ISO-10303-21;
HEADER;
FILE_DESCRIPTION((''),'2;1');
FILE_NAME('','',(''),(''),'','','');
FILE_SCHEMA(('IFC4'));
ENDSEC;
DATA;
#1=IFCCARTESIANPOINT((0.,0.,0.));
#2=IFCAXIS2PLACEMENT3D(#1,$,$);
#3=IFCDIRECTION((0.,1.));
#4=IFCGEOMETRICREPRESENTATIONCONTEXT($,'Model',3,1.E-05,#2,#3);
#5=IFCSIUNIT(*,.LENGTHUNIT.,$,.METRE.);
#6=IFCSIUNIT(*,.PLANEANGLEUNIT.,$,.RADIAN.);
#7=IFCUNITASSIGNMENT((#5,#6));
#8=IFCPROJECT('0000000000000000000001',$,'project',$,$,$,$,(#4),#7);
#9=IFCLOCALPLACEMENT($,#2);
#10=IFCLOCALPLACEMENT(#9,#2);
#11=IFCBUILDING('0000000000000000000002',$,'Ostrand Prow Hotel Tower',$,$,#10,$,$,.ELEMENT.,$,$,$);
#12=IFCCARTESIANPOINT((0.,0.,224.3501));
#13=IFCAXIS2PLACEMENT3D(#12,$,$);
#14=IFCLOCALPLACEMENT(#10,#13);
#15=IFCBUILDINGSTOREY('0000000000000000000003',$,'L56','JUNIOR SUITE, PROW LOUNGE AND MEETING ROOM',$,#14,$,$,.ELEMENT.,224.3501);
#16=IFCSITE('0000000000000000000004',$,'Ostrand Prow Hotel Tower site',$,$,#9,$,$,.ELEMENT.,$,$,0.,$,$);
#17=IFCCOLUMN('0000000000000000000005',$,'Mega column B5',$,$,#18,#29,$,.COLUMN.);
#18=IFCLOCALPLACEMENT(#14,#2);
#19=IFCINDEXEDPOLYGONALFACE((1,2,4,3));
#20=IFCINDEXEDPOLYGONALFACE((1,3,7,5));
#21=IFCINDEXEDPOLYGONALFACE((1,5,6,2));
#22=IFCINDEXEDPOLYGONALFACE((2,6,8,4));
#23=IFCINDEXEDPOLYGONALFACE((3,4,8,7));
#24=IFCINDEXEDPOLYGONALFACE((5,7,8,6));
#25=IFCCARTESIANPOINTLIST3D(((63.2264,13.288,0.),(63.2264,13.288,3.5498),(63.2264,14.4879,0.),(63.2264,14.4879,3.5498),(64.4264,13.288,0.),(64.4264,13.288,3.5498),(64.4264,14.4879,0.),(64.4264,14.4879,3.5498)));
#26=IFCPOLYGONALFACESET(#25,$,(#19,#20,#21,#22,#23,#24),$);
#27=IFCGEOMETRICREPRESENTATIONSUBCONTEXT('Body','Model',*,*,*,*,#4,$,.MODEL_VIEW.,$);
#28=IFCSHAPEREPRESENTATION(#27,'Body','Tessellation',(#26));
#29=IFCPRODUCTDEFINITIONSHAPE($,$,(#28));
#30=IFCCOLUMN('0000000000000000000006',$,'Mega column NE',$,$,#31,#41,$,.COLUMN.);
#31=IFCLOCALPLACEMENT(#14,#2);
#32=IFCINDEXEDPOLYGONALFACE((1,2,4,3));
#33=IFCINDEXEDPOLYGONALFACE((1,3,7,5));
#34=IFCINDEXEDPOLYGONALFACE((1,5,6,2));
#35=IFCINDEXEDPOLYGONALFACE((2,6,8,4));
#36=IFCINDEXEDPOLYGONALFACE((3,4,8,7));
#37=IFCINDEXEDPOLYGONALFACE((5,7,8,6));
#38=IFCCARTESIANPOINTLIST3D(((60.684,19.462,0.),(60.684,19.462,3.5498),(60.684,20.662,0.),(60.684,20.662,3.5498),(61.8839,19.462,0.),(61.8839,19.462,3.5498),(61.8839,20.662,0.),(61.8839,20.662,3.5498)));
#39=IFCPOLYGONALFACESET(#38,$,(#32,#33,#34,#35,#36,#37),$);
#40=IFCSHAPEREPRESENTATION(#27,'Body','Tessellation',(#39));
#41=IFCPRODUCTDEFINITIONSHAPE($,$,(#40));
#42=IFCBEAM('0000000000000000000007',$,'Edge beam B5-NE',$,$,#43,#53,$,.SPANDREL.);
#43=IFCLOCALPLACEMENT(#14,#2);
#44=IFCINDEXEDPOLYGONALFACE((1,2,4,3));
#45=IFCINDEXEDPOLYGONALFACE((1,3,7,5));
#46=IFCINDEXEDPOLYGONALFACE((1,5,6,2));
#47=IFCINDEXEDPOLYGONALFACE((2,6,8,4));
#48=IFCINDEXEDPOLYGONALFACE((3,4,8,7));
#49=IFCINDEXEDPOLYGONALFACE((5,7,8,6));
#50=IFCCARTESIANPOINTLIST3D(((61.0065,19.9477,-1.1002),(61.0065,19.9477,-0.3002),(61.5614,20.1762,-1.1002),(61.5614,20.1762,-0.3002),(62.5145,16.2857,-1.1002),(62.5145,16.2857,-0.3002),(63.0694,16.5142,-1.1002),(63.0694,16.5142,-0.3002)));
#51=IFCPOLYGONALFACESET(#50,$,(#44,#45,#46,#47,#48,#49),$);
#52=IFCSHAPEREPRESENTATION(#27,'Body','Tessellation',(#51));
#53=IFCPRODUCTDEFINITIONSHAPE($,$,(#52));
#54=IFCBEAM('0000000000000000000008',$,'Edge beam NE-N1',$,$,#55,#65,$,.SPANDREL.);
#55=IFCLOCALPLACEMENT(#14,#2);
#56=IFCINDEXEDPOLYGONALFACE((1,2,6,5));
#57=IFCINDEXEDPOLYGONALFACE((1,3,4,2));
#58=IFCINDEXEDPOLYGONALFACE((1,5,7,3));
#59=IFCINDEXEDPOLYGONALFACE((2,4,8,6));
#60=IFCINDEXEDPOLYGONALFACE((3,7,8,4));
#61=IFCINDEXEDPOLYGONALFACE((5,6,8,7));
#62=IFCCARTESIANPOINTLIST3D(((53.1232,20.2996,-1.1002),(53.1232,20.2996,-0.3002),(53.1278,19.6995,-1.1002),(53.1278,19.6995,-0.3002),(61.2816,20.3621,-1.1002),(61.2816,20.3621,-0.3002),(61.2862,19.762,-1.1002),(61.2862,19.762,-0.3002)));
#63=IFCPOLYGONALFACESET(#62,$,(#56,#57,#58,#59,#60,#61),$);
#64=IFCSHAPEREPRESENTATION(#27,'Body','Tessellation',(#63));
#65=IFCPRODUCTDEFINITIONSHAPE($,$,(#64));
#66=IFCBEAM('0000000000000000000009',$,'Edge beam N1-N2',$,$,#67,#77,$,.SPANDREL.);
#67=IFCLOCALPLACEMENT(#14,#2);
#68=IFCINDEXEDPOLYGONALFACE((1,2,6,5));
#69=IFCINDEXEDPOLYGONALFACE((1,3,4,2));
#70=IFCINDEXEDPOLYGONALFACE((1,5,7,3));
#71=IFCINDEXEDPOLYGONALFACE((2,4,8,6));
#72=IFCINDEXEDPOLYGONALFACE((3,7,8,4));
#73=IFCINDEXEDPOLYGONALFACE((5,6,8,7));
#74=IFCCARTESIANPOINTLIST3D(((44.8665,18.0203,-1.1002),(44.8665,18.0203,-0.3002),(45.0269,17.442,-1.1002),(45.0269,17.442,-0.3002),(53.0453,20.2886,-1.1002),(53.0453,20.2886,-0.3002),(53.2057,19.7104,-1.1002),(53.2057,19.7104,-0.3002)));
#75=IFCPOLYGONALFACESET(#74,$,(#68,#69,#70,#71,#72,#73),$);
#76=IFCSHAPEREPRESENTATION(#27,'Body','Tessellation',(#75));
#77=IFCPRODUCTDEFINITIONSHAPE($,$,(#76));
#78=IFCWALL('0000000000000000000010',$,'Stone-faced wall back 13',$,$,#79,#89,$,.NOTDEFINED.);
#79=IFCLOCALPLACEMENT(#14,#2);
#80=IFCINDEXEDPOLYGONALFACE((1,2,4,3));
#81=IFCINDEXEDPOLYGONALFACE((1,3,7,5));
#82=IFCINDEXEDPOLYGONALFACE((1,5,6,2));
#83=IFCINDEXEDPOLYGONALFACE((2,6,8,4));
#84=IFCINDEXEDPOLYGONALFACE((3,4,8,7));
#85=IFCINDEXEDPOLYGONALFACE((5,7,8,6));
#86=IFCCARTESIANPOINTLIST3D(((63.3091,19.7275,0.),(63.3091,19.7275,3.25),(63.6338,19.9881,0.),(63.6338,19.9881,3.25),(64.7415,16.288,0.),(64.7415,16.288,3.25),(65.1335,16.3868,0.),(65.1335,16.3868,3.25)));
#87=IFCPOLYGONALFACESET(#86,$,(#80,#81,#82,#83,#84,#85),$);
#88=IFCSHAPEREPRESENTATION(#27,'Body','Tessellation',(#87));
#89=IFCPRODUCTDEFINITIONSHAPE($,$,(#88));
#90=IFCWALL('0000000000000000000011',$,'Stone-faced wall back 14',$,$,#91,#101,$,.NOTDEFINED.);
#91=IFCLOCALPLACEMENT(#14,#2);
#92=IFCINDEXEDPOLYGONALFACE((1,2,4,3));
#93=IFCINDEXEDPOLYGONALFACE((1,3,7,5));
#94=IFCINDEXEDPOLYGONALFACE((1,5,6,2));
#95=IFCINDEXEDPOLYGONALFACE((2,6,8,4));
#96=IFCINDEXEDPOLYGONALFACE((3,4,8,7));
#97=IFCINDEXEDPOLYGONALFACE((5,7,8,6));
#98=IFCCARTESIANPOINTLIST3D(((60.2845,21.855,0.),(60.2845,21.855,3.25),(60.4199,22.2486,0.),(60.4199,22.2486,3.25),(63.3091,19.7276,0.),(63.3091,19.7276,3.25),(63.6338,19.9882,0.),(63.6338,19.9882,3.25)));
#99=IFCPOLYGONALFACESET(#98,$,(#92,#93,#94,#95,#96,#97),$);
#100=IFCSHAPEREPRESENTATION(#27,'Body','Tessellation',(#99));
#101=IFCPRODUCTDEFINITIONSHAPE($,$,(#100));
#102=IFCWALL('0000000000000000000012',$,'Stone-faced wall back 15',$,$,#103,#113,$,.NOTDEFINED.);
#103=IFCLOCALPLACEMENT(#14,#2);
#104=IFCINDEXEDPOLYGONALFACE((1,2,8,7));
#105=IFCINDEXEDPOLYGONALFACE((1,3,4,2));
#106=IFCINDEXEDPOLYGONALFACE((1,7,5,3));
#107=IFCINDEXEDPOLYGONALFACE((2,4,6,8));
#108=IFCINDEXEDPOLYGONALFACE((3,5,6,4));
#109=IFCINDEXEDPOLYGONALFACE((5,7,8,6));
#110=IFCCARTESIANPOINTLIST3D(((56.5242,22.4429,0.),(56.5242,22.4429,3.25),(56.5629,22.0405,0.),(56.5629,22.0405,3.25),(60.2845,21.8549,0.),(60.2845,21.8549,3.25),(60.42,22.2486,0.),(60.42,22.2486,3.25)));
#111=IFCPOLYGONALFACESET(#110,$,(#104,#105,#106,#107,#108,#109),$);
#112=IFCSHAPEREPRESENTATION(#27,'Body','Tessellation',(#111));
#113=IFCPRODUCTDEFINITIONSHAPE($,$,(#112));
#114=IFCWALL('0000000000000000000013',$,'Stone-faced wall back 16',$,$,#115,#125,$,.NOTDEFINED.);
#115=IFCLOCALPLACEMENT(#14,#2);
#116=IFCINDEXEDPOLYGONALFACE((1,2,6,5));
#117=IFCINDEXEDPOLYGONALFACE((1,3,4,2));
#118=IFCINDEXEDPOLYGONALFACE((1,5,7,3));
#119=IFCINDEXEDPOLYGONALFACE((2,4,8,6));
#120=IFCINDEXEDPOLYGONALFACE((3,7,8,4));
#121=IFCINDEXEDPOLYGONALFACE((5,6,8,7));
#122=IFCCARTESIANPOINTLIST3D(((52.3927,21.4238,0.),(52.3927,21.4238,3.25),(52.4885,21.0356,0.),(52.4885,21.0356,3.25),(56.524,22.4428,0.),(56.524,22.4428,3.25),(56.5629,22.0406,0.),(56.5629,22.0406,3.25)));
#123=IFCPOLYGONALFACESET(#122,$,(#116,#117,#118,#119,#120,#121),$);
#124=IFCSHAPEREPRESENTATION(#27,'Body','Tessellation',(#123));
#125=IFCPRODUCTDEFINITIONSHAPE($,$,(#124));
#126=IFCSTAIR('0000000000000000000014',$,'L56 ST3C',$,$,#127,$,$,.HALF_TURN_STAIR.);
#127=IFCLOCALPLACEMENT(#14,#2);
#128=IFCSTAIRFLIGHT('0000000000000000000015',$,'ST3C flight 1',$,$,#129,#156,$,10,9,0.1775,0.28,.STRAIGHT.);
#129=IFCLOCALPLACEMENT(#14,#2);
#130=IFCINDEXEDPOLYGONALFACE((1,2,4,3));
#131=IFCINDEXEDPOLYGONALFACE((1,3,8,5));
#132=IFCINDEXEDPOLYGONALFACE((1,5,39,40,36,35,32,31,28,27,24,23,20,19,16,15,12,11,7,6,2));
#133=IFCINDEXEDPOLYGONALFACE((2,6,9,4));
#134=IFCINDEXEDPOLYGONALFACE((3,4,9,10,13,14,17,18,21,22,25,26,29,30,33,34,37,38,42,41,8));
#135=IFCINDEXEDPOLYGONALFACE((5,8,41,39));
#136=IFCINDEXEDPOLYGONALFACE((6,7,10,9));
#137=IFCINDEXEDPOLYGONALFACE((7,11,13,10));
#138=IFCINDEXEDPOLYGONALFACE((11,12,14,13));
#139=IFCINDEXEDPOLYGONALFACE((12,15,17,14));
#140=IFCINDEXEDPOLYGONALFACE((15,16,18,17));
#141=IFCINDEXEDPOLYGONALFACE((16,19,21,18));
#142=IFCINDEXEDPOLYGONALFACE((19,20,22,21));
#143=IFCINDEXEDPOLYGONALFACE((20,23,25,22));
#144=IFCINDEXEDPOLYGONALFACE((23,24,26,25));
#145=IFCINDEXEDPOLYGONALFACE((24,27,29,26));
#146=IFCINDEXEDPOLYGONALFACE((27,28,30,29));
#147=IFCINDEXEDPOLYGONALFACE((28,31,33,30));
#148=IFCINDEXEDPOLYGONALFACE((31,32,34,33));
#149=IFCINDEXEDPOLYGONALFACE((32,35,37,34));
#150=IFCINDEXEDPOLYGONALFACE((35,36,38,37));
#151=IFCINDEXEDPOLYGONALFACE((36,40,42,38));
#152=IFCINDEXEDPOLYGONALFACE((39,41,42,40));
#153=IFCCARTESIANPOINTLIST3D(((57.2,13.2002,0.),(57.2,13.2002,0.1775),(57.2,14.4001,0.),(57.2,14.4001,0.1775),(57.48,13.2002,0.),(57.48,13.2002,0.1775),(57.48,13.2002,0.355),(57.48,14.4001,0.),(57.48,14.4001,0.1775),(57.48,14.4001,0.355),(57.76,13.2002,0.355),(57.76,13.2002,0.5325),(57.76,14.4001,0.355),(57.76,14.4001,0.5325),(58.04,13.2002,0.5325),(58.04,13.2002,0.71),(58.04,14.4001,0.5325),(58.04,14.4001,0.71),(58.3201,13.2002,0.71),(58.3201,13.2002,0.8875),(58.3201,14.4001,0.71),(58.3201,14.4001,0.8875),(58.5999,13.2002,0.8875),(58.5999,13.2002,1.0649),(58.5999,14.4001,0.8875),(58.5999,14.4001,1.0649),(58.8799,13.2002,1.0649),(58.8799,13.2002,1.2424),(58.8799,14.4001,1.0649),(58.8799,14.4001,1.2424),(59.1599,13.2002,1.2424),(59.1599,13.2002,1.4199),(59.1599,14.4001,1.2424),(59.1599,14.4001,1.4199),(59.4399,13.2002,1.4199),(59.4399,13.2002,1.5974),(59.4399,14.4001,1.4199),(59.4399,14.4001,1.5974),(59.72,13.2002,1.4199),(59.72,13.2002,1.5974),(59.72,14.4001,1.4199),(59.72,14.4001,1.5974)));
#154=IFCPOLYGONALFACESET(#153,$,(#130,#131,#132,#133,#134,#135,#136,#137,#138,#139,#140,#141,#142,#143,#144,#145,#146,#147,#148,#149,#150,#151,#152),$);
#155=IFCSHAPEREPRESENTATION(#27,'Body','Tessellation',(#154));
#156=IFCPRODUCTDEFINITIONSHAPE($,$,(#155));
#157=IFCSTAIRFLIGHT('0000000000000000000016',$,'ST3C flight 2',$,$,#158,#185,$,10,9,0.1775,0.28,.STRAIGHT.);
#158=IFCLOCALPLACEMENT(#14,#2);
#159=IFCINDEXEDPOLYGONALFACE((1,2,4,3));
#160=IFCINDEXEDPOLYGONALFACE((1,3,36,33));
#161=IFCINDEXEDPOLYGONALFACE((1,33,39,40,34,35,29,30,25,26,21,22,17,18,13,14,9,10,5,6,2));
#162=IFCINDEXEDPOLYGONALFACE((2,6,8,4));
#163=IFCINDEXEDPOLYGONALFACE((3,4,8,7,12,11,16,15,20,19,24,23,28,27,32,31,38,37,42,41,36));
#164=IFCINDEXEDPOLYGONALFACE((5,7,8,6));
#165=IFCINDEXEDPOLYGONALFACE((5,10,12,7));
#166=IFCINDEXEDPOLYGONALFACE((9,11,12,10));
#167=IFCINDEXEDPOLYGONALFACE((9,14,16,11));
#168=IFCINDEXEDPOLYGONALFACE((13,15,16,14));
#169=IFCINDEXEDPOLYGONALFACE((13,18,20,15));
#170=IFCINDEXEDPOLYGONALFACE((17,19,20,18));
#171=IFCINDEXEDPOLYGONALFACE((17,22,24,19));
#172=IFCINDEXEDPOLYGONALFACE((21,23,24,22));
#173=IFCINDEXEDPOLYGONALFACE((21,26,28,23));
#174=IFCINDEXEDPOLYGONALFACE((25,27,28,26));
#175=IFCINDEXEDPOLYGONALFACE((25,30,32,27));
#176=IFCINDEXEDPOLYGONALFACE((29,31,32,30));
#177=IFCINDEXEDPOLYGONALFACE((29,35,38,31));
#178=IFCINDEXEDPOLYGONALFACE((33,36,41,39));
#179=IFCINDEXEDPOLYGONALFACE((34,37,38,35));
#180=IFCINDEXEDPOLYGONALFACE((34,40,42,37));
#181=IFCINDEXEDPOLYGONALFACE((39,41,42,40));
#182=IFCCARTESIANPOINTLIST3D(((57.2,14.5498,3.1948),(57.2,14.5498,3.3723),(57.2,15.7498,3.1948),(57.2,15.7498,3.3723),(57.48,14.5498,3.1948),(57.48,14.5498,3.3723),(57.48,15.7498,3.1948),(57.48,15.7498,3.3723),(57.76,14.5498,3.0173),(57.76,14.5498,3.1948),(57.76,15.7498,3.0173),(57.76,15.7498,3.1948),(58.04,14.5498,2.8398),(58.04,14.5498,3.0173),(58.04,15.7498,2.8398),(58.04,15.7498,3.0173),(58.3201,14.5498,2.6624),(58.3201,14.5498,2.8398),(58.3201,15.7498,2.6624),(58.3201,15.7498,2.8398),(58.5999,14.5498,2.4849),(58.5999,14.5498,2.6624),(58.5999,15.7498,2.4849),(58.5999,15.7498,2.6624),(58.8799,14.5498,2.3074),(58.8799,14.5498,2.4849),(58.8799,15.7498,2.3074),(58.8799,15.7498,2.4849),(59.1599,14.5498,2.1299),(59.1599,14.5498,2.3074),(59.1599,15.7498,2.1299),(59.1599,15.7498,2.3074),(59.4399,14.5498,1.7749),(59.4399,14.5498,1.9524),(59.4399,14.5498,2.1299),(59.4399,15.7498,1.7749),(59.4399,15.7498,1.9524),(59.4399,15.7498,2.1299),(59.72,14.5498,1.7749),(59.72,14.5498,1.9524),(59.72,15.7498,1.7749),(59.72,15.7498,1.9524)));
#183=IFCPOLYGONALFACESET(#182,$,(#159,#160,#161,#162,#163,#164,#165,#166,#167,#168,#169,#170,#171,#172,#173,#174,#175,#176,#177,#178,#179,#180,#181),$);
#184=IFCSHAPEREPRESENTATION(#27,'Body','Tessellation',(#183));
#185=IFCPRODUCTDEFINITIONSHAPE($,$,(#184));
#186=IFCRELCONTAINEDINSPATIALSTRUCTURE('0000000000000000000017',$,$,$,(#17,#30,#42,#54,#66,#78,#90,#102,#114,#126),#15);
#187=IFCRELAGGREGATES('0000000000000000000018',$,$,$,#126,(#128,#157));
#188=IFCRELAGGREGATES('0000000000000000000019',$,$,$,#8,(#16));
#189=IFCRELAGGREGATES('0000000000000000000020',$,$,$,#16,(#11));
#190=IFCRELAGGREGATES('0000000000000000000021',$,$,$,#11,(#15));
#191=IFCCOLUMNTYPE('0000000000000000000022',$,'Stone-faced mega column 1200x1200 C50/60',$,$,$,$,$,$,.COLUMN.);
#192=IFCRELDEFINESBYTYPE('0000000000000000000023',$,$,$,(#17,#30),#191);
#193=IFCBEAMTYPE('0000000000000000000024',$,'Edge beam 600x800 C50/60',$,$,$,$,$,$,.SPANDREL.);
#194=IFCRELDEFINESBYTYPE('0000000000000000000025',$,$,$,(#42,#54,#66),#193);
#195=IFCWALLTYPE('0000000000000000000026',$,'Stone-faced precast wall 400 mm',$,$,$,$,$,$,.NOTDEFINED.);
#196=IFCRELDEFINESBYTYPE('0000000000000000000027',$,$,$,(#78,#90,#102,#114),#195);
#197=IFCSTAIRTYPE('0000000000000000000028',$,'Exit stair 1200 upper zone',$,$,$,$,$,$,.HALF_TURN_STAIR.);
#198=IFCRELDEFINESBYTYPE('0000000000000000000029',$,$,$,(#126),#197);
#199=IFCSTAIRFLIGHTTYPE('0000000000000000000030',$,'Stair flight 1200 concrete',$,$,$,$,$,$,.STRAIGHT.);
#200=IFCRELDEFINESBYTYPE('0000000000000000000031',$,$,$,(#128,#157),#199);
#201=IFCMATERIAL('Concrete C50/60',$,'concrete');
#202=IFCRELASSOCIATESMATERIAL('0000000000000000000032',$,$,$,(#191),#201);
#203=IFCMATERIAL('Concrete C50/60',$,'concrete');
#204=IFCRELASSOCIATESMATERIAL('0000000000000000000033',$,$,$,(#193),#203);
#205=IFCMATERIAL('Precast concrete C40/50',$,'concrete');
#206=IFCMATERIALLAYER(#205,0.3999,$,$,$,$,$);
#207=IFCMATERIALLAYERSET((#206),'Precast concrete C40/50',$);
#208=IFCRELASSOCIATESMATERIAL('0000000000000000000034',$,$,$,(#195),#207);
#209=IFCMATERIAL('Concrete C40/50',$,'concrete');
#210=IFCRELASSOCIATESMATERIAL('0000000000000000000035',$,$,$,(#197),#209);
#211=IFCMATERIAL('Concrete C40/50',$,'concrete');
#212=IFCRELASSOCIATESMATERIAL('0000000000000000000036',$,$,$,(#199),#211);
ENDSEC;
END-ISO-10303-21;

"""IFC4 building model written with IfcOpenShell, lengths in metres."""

from ifc_helpers import new_model, si_unit, direction, frame, origin, origin_2d, place, context, subcontext, project, spatial, polyline, rectangle, outline, extrude, material, layer, layer_set, material_profile, profile_set, type_object, element, aggregate, save


model = new_model("IFC4")

# Units and contexts
model_context = context("Model", 3, precision=1e-05, world=origin(), true_north=direction((0.0, 1.0)))
body_context = subcontext(model_context, "Body", "Model", "MODEL_VIEW")
ifc_project = project(units=[si_unit("LENGTHUNIT", "METRE"), si_unit("PLANEANGLEUNIT", "RADIAN")], contexts=[model_context])

# Site, building, storey
site_placement = place(None, origin())
site = spatial("IfcSite", under=ifc_project, at=site_placement, Name="Ostrand Prow Hotel Tower site", CompositionType="ELEMENT", RefElevation=0.0)
building_placement = place(site_placement, origin())
building = spatial("IfcBuilding", under=site, at=building_placement, Name="Ostrand Prow Hotel Tower", CompositionType="ELEMENT")
storey_placement = place(building_placement, frame((0.0, 0.0, 224.3501)))
storey = spatial("IfcBuildingStorey", under=building, at=storey_placement, Name="L56", Description="JUNIOR SUITE, PROW LOUNGE AND MEETING ROOM", CompositionType="ELEMENT", Elevation=224.3501)

# Columns
ifc_material_1 = material(Name="Concrete C50/60", Category="concrete")
ifc_material_profile_1 = material_profile(ifc_material_1, rectangle(XDim=1.2, YDim=1.2, at=origin_2d()), Name="RC 1200x1200")
ifc_profile_set_1 = profile_set([ifc_material_profile_1], Name="Concrete C50/60")
column_type = type_object("IfcColumnType", Name="Stone-faced mega column 1200x1200 C50/60", PredefinedType="COLUMN", material=ifc_profile_set_1)
for number, where, z_axis, x_axis, name in (
    (1, (63.8264, 13.8879, 0.0), (0.0, 0.0, 1.0), (1.0, 0.0, 0.0), "Mega column B5"),
    (2, (61.2839, 20.062, 0.0), (0.0, 0.0, 1.0), (1.0, 0.0, 0.0), "Mega column NE"),
):
    element("IfcColumn", number, at=place(storey_placement, frame(where, z_axis=z_axis, x_axis=x_axis)), inside=storey, type_object=column_type, Name=name, PredefinedType="COLUMN", context=body_context, shape_type="SweptSolid", body=[
        extrude(rectangle(XDim=1.2, YDim=1.2, at=origin_2d()), origin(), (0.0, 0.0, 1.0), 3.5498),
    ])

# Beams
ifc_material_2 = material(Name="Concrete C50/60", Category="concrete")
ifc_material_profile_2 = material_profile(ifc_material_2, rectangle(XDim=0.6001, YDim=0.8, at=origin_2d()), Name="RC 600x800")
ifc_profile_set_2 = profile_set([ifc_material_profile_2], Name="Concrete C50/60")
beam_type = type_object("IfcBeamType", Name="Edge beam 600x800 C50/60", PredefinedType="SPANDREL", material=ifc_profile_set_2)
beam_1_placement = place(storey_placement, frame((62.792, 16.3999, -0.7002), z_axis=(-0.380778, 0.924667, 0.0), x_axis=(-0.924667, -0.380778, 0.0)))
element("IfcBeam", 3, at=beam_1_placement, inside=storey, type_object=beam_type, Name="Edge beam B5-NE", PredefinedType="SPANDREL", context=body_context, shape_type="SweptSolid", body=[
    extrude(rectangle(XDim=0.6001, YDim=0.8, at=origin_2d()), origin(), (0.0, 0.0, 1.0), 3.9604),
])
beam_2_placement = place(storey_placement, frame((61.2839, 20.062, -0.7002), z_axis=(-0.999971, -0.007661, 0.0), x_axis=(0.007661, -0.999971, 0.0)))
element("IfcBeam", 4, at=beam_2_placement, inside=storey, type_object=beam_type, Name="Edge beam NE-N1", PredefinedType="SPANDREL", context=body_context, shape_type="SweptSolid", body=[
    extrude(rectangle(XDim=0.6001, YDim=0.8, at=origin_2d()), origin(), (0.0, 0.0, 1.0), 8.1587),
])
beam_3_placement = place(storey_placement, frame((53.1255, 19.9995, -0.7002), z_axis=(-0.963626, -0.267255, 0.0), x_axis=(0.267255, -0.963626, 0.0)))
element("IfcBeam", 5, at=beam_3_placement, inside=storey, type_object=beam_type, Name="Edge beam N1-N2", PredefinedType="SPANDREL", context=body_context, shape_type="SweptSolid", body=[
    extrude(rectangle(XDim=0.6001, YDim=0.8, at=origin_2d()), origin(), (0.0, 0.0, 1.0), 8.4875),
])

# Walls
ifc_material_3 = material(Name="Precast concrete C40/50", Category="concrete")
ifc_layer_1 = layer(ifc_material_3, 0.3999)
ifc_layer_set_1 = layer_set([ifc_layer_1], Name="Precast concrete C40/50")
wall_type = type_object("IfcWallType", Name="Stone-faced precast wall 400 mm", PredefinedType="NOTDEFINED", material=ifc_layer_set_1)
wall_1_placement = place(storey_placement, frame((64.9375, 16.3374, 0.0), z_axis=(0.0, 0.0, 1.0), x_axis=(-0.384434, 0.923153, 0.0)))
element("IfcWall", 6, at=wall_1_placement, inside=storey, type_object=wall_type, Name="Stone-faced wall back 13", PredefinedType="NOTDEFINED", context=body_context, shape_type="SweptSolid", body=[
    extrude(outline(polyline([(-0.0298, -0.2), (3.8713, -0.2), (3.7556, 0.2), (0.0298, 0.2), (-0.0298, -0.2)])), origin(), (0.0, 0.0, 1.0), 3.25),
])
wall_2_placement = place(storey_placement, frame((63.4714, 19.8579, 0.0), z_axis=(0.0, 0.0, 1.0), x_axis=(-0.817943, 0.5753, 0.0)))
element("IfcWall", 7, at=wall_2_placement, inside=storey, type_object=wall_type, Name="Stone-faced wall back 14", PredefinedType="NOTDEFINED", context=body_context, shape_type="SweptSolid", body=[
    extrude(outline(polyline([(-0.0579, -0.2), (3.8713, -0.2), (3.7556, 0.2), (0.0579, 0.2), (-0.0579, -0.2)])), origin(), (0.0, 0.0, 1.0), 3.25),
])
wall_3_placement = place(storey_placement, frame((60.3523, 22.0518, 0.0), z_axis=(0.0, 0.0, 1.0), x_axis=(-0.998759, 0.049807, 0.0)))
element("IfcWall", 8, at=wall_3_placement, inside=storey, type_object=wall_type, Name="Stone-faced wall back 15", PredefinedType="NOTDEFINED", context=body_context, shape_type="SweptSolid", body=[
    extrude(outline(polyline([(-0.0579, -0.2), (3.8428, -0.2), (3.7842, 0.2), (0.0579, 0.2), (-0.0579, -0.2)])), origin(), (0.0, 0.0, 1.0), 3.25),
])
wall_4_placement = place(storey_placement, frame((56.5435, 22.2417, 0.0), z_axis=(0.0, 0.0, 1.0), x_axis=(-0.970902, -0.239476, 0.0)))
element("IfcWall", 9, at=wall_4_placement, inside=storey, type_object=wall_type, Name="Stone-faced wall back 16", PredefinedType="NOTDEFINED", context=body_context, shape_type="SweptSolid", body=[
    extrude(outline(polyline([(-0.0293, -0.2), (4.2258, -0.2), (4.2258, 0.2), (0.0293, 0.2), (-0.0293, -0.2)])), origin(), (0.0, 0.0, 1.0), 3.25),
])

# Stair, stair flights
ifc_material_4 = material(Name="Concrete C40/50", Category="concrete")
stair_type = type_object("IfcStairType", Name="Exit stair 1200 upper zone", PredefinedType="HALF_TURN_STAIR", material=ifc_material_4)
stair_placement = place(storey_placement, origin())
stair = element("IfcStair", 10, at=stair_placement, inside=storey, type_object=stair_type, Name="L56 ST3C", PredefinedType="HALF_TURN_STAIR")
ifc_material_5 = material(Name="Concrete C40/50", Category="concrete")
stair_flight_type = type_object("IfcStairFlightType", Name="Stair flight 1200 concrete", PredefinedType="STRAIGHT", material=ifc_material_5)
stair_flight_1_placement = place(storey_placement, frame((57.2, 13.8, 0.0), z_axis=(0.0, 0.0, 1.0), x_axis=(1.0, 0.0, 0.0)))
stair_flight_1 = element("IfcStairFlight", 11, at=stair_flight_1_placement, type_object=stair_flight_type, Name="ST3C flight 1", NumberOfRisers=10, NumberOfTreads=9, PredefinedType="STRAIGHT", RiserHeight=0.1775, TreadLength=0.28, context=body_context, shape_type="SweptSolid", body=[
    extrude(outline(polyline([(0.0, 0.0), (0.0, 0.1775), (0.28, 0.1775), (0.28, 0.355), (0.5601, 0.355), (0.5601, 0.5325), (0.8401, 0.5325), (0.8401, 0.71), (1.1201, 0.71), (1.1201, 0.8875), (1.3999, 0.8875), (1.3999, 1.0649), (1.6799, 1.0649), (1.6799, 1.2424), (1.96, 1.2424), (1.96, 1.4199), (2.24, 1.4199), (2.24, 1.5974), (2.52, 1.5974), (2.52, 1.7749), (2.52, 1.4199), (0.28, 0.0), (0.0, 0.0)])), frame((0.0, 0.6001, 0.0), z_axis=(0.0, -1.0, 0.0), x_axis=(1.0, 0.0, 0.0)), (0.0, 0.0, 1.0), 1.2),
])
stair_flight_2_placement = place(storey_placement, frame((59.72, 15.1499, 1.7749), z_axis=(0.0, 0.0, 1.0), x_axis=(-1.0, 0.0, 0.0)))
stair_flight_2 = element("IfcStairFlight", 12, at=stair_flight_2_placement, type_object=stair_flight_type, Name="ST3C flight 2", NumberOfRisers=10, NumberOfTreads=9, PredefinedType="STRAIGHT", RiserHeight=0.1775, TreadLength=0.28, context=body_context, shape_type="SweptSolid", body=[
    extrude(outline(polyline([(0.0, 0.0), (0.0, 0.1775), (0.28, 0.1775), (0.28, 0.355), (0.5601, 0.355), (0.5601, 0.5325), (0.8401, 0.5325), (0.8401, 0.71), (1.1201, 0.71), (1.1201, 0.8875), (1.3999, 0.8875), (1.3999, 1.0649), (1.6799, 1.0649), (1.6799, 1.2424), (1.96, 1.2424), (1.96, 1.4199), (2.24, 1.4199), (2.24, 1.5974), (2.52, 1.5974), (2.52, 1.7749), (2.52, 1.4199), (0.28, 0.0), (0.0, 0.0)])), frame((0.0, 0.6001, 0.0), z_axis=(0.0, -1.0, 0.0), x_axis=(1.0, 0.0, 0.0)), (0.0, 0.0, 1.0), 1.2),
])
aggregate(stair, [stair_flight_1, stair_flight_2])

save(model, "model.ifc")
